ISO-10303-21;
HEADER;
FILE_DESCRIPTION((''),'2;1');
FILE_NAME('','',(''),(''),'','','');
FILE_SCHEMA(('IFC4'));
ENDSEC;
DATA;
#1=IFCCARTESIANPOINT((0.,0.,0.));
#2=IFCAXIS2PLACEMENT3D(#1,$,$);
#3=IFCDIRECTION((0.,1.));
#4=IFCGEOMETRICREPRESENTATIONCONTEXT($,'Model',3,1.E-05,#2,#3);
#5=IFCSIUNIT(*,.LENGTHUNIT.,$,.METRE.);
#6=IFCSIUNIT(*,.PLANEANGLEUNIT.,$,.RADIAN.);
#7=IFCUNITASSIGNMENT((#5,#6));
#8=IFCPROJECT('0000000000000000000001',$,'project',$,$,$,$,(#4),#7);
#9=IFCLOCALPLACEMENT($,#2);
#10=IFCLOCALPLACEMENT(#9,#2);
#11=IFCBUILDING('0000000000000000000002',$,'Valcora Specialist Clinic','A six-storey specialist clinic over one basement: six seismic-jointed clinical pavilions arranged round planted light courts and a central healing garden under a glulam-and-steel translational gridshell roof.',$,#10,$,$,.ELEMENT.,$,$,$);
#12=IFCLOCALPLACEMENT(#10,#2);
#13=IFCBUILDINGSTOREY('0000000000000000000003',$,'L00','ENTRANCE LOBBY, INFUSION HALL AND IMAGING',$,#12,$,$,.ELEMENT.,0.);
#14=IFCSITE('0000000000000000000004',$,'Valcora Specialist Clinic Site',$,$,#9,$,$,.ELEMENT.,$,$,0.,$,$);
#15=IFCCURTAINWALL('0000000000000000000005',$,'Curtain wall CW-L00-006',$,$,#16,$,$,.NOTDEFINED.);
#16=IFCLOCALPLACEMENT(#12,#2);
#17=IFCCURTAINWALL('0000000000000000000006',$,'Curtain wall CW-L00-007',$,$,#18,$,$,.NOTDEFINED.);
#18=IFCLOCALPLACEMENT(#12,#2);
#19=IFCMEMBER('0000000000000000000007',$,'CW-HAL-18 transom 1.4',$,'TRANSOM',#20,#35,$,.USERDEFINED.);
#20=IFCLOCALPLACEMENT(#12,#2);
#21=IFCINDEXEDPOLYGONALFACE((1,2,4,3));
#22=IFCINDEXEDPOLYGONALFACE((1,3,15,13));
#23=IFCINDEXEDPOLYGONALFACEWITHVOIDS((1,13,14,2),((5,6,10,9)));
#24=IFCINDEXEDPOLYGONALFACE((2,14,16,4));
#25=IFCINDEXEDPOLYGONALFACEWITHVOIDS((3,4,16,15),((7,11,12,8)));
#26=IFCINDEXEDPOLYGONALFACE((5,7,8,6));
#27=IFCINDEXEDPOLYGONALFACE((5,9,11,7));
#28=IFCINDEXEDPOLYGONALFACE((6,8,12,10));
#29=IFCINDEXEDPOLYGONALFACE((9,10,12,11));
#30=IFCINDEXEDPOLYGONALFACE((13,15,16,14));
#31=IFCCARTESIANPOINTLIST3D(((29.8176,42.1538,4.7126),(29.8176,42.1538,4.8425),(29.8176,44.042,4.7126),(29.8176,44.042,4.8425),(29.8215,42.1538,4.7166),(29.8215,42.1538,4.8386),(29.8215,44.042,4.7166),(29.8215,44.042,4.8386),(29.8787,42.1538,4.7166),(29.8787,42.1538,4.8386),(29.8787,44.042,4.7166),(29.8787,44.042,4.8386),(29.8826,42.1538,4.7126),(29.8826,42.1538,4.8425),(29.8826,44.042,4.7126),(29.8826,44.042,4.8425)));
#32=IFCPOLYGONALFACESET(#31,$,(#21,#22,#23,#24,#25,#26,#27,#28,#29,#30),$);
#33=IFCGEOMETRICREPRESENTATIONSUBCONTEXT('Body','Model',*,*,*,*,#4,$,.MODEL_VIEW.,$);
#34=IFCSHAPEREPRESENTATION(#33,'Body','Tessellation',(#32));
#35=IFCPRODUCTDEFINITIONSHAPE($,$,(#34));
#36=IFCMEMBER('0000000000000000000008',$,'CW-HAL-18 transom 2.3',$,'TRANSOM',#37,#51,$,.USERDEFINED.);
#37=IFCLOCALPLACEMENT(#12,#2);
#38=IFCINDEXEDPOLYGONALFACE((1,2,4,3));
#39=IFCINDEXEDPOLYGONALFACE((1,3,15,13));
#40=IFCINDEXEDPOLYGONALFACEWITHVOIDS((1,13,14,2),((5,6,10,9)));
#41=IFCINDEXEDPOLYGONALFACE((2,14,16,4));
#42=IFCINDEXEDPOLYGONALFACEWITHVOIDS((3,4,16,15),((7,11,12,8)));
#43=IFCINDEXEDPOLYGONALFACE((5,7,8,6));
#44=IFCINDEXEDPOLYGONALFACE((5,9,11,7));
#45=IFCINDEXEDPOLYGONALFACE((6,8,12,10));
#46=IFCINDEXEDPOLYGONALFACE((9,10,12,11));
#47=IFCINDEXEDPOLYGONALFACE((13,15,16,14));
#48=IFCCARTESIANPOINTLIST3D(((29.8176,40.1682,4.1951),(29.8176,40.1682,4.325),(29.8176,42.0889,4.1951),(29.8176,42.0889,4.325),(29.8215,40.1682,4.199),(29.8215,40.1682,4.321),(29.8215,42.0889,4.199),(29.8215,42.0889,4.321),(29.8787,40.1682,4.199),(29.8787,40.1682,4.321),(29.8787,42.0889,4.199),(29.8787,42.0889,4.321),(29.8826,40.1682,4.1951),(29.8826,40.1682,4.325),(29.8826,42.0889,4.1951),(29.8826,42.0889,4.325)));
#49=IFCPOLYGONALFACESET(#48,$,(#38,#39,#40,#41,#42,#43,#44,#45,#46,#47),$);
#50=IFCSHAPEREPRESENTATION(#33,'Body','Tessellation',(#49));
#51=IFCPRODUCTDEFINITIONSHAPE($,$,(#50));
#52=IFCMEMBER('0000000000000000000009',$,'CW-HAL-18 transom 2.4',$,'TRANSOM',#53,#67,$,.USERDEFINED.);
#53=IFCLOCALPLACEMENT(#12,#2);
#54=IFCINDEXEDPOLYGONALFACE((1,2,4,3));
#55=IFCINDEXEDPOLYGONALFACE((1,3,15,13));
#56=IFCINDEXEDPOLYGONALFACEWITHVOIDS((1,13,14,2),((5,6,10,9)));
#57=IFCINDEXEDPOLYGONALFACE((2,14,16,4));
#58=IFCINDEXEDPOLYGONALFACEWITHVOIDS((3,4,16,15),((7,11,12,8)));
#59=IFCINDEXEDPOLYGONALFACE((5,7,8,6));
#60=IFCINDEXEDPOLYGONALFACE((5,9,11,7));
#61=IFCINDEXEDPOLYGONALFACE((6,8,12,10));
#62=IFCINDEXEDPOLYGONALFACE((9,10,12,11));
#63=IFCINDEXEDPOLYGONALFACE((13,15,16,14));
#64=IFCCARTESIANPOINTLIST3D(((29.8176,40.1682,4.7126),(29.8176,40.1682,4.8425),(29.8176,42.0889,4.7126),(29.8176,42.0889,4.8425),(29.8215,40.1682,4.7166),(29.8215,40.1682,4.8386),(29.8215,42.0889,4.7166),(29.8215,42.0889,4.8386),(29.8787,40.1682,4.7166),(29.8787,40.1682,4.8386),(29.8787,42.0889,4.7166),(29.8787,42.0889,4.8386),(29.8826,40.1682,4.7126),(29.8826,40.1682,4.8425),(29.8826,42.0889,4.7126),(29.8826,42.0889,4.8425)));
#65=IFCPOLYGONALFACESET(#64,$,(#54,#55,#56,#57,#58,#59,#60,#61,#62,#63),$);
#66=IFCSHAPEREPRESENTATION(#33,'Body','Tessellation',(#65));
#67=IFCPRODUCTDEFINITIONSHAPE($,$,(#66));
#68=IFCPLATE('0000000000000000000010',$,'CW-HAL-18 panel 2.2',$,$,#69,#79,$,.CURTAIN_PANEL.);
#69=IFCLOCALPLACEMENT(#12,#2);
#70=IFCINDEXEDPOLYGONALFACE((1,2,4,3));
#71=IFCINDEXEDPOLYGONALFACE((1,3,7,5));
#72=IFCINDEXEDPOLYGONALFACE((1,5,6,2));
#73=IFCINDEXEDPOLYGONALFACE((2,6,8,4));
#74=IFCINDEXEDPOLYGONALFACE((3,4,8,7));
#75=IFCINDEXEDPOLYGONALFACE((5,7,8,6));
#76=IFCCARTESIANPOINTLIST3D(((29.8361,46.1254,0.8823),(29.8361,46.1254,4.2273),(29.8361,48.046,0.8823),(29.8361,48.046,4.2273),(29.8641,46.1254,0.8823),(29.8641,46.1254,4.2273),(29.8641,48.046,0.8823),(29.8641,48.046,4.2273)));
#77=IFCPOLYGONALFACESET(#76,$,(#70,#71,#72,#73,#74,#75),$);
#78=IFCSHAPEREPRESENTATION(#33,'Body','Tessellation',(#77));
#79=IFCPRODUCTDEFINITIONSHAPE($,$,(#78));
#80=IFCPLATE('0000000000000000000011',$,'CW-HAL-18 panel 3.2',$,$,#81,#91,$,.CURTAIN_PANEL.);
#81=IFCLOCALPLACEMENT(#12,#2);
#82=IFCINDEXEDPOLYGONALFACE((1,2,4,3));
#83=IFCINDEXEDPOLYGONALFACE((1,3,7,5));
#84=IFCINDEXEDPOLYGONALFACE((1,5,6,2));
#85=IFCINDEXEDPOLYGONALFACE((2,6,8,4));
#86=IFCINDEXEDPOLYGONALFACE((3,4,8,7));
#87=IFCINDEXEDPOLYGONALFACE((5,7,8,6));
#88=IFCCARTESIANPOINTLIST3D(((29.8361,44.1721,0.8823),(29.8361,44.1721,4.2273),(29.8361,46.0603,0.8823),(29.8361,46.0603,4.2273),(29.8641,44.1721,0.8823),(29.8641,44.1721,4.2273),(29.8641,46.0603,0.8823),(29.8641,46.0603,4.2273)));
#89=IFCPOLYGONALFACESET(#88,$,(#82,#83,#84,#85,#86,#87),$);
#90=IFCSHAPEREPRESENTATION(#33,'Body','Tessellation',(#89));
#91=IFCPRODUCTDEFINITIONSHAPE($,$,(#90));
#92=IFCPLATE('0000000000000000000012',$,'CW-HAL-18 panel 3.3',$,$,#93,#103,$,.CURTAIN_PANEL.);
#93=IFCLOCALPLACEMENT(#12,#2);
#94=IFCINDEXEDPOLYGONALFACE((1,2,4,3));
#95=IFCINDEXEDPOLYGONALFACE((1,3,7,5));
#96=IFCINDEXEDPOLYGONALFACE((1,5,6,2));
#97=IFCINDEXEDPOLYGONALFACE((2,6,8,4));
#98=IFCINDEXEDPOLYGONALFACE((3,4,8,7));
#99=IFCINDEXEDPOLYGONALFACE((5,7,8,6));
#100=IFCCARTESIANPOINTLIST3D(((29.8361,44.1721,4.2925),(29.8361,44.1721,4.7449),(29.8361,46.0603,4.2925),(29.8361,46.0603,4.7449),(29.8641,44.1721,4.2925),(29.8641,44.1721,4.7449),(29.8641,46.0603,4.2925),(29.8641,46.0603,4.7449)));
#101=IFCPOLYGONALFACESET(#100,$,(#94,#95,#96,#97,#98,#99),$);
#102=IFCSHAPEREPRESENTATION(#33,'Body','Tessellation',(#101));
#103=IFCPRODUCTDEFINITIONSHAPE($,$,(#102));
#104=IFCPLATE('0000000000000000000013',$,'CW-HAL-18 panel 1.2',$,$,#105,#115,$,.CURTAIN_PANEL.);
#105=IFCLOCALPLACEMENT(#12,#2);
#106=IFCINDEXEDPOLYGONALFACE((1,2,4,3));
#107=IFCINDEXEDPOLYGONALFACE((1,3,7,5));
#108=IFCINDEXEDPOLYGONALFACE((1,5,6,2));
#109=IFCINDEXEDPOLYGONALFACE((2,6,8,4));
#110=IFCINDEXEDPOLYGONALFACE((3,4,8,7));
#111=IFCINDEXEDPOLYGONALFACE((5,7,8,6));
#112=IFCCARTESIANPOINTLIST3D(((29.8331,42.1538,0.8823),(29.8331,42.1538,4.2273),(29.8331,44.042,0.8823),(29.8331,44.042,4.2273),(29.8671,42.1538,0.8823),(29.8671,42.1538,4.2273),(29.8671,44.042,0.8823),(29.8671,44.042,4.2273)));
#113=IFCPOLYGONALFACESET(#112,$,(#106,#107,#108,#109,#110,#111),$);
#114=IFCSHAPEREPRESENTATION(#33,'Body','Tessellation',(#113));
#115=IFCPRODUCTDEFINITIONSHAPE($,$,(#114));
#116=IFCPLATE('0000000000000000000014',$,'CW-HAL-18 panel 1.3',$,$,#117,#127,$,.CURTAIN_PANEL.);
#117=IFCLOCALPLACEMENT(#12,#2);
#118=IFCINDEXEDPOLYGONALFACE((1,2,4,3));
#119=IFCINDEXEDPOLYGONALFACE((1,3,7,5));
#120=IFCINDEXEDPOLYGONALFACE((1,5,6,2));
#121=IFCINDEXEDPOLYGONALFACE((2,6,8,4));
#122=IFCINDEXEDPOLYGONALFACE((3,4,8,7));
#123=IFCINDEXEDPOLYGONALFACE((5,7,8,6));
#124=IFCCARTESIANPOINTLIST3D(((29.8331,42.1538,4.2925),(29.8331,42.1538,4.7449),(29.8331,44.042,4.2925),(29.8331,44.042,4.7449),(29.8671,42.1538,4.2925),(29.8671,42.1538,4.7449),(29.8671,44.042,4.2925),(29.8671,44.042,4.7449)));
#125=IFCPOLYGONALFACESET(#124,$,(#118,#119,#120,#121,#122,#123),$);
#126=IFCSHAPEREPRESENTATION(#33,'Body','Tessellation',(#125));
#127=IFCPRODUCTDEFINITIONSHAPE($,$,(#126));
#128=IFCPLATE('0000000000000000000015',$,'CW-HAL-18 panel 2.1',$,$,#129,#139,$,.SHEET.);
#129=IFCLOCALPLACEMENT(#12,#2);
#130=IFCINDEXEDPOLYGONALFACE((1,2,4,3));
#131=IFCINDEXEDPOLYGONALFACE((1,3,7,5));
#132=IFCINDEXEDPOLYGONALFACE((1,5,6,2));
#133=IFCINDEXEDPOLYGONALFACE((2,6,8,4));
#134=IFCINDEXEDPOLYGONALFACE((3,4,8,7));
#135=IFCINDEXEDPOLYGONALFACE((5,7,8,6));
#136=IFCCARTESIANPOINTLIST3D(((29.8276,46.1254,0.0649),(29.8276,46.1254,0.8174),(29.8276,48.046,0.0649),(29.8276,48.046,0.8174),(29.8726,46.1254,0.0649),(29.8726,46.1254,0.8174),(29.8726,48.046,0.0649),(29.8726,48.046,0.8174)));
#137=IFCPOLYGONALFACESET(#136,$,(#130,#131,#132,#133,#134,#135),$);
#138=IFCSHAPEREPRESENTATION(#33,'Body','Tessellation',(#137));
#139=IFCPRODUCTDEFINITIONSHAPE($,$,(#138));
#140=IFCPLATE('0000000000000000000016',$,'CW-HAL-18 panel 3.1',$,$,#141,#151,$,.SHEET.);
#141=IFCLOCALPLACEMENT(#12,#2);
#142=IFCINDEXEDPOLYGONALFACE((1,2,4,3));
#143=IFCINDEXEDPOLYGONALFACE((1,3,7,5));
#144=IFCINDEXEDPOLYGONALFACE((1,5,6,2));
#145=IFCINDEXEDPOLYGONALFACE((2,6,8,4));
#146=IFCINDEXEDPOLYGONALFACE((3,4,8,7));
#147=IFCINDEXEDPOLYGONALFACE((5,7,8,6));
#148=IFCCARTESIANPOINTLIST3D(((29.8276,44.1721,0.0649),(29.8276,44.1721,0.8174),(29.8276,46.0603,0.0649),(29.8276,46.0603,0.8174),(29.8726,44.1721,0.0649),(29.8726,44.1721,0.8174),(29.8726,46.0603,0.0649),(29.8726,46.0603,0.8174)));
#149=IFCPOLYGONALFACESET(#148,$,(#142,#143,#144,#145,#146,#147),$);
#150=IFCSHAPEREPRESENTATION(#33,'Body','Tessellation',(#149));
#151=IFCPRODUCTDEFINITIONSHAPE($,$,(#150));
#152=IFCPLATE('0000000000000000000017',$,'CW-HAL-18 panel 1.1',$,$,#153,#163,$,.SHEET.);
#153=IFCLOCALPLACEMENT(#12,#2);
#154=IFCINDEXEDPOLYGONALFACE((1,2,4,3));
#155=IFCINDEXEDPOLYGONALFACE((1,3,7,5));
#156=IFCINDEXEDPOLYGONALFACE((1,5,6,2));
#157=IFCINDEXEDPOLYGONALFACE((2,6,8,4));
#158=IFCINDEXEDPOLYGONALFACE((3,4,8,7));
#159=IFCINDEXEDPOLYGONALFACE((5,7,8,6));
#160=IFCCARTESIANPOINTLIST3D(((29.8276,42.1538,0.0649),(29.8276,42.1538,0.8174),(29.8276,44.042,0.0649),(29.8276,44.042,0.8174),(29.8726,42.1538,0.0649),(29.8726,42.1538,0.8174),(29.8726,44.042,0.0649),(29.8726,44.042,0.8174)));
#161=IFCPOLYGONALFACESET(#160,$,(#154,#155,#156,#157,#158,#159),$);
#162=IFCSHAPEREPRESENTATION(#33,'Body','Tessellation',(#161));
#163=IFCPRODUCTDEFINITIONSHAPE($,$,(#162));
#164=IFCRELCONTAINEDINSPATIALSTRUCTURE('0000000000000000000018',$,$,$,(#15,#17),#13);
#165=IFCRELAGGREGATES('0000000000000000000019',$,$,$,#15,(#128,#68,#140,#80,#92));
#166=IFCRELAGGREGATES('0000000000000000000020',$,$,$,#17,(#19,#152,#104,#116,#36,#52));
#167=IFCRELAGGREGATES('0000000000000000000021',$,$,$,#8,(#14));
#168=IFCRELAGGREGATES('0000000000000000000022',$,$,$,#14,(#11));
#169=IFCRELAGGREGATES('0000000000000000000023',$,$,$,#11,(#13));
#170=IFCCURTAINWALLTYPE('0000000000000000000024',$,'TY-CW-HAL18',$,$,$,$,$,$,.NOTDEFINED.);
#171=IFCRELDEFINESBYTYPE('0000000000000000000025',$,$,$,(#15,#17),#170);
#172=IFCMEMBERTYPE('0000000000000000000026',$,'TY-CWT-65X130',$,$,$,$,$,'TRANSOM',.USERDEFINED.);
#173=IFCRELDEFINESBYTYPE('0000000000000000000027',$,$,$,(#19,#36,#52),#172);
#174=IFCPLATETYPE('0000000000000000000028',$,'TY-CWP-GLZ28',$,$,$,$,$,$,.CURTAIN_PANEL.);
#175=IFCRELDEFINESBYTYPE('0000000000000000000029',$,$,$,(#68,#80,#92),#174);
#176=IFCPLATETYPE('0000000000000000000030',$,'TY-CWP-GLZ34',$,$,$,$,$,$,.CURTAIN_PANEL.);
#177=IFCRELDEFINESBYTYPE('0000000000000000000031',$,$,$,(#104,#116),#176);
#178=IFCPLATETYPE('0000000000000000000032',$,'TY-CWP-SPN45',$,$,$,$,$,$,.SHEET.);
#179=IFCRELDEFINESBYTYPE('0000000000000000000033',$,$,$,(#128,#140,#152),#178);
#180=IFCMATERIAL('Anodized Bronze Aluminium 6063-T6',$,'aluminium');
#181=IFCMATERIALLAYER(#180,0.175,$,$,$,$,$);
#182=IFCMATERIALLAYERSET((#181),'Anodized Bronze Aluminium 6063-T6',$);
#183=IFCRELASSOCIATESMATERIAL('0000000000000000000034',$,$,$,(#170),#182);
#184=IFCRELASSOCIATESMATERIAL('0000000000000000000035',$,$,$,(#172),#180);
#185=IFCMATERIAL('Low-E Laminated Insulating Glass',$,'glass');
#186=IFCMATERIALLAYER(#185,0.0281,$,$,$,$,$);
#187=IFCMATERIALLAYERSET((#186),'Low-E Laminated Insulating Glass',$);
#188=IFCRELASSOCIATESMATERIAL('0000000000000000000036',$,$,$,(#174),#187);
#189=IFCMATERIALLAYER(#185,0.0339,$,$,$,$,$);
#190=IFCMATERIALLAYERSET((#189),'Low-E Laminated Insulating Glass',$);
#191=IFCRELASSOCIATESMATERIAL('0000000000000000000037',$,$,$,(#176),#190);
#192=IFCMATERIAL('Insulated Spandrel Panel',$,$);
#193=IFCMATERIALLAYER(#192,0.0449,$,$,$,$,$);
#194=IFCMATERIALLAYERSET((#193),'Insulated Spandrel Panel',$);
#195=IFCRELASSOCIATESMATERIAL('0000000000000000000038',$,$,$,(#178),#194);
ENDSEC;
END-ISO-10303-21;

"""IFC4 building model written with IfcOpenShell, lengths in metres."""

from ifc_helpers import new_model, si_unit, direction, frame, origin, origin_2d, place, context, subcontext, project, spatial, rectangle, hollow_rectangle, extrude, material, layer, layer_set, material_profile, profile_set, type_object, element, aggregate, save


model = new_model("IFC4")

# Units and contexts
model_context = context("Model", 3, precision=1e-05, world=origin(), true_north=direction((0.0, 1.0)))
body_context = subcontext(model_context, "Body", "Model", "MODEL_VIEW")
ifc_project = project(units=[si_unit("LENGTHUNIT", "METRE"), si_unit("PLANEANGLEUNIT", "RADIAN")], contexts=[model_context])

# Site, building, storey
site_placement = place(None, origin())
site = spatial("IfcSite", under=ifc_project, at=site_placement, Name="Valcora Specialist Clinic Site", CompositionType="ELEMENT", RefElevation=0.0)
building_placement = place(site_placement, origin())
building = spatial("IfcBuilding", under=site, at=building_placement, Name="Valcora Specialist Clinic", Description="A six-storey specialist clinic over one basement: six seismic-jointed clinical pavilions arranged round planted light courts and a central healing garden under a glulam-and-steel translational gridshell roof.", CompositionType="ELEMENT")
storey_placement = place(building_placement, origin())
storey = spatial("IfcBuildingStorey", under=building, at=storey_placement, Name="L00", Description="ENTRANCE LOBBY, INFUSION HALL AND IMAGING", CompositionType="ELEMENT", Elevation=0.0)

# Curtain walls
ifc_material_1 = material(Name="Anodized Bronze Aluminium 6063-T6", Category="aluminium")
ifc_layer_1 = layer(ifc_material_1, 0.175)
ifc_layer_set_1 = layer_set([ifc_layer_1], Name="Anodized Bronze Aluminium 6063-T6")
curtain_wall_type = type_object("IfcCurtainWallType", Name="TY-CW-HAL18", PredefinedType="NOTDEFINED", material=ifc_layer_set_1)
curtain_wall_1_placement = place(storey_placement, origin())
curtain_wall_1 = element("IfcCurtainWall", 1, at=curtain_wall_1_placement, inside=storey, type_object=curtain_wall_type, Name="Curtain wall CW-L00-006", PredefinedType="NOTDEFINED")
curtain_wall_2_placement = place(storey_placement, origin())
curtain_wall_2 = element("IfcCurtainWall", 2, at=curtain_wall_2_placement, inside=storey, type_object=curtain_wall_type, Name="Curtain wall CW-L00-007", PredefinedType="NOTDEFINED")

# Members
ifc_material_profile_1 = material_profile(ifc_material_1, hollow_rectangle(XDim=0.0649, YDim=0.1299, WallThickness=0.0039, at=origin_2d()), Name="AL-TRN-65X130")
ifc_profile_set_1 = profile_set([ifc_material_profile_1], Name="Anodized Bronze Aluminium 6063-T6")
member_type_1 = type_object("IfcMemberType", Name="TY-CWT-65X130", ElementType="TRANSOM", PredefinedType="USERDEFINED", material=ifc_profile_set_1)
member_1_placement = place(storey_placement, frame((29.8501, 44.042, 4.7776), z_axis=(0.0, -1.0, 0.0), x_axis=(1.0, 0.0, 0.0)))
member_1 = element("IfcMember", 3, at=member_1_placement, type_object=member_type_1, Name="CW-HAL-18 transom 1.4", ObjectType="TRANSOM", PredefinedType="USERDEFINED", context=body_context, shape_type="SweptSolid", body=[
    extrude(hollow_rectangle(XDim=0.0649, YDim=0.1299, WallThickness=0.0039, at=origin_2d()), origin(), (0.0, 0.0, 1.0), 1.8882),
])
member_2_placement = place(storey_placement, frame((29.8501, 42.0889, 4.26), z_axis=(0.0, -1.0, 0.0), x_axis=(1.0, 0.0, 0.0)))
member_2 = element("IfcMember", 4, at=member_2_placement, type_object=member_type_1, Name="CW-HAL-18 transom 2.3", ObjectType="TRANSOM", PredefinedType="USERDEFINED", context=body_context, shape_type="SweptSolid", body=[
    extrude(hollow_rectangle(XDim=0.0649, YDim=0.1299, WallThickness=0.0039, at=origin_2d()), origin(), (0.0, 0.0, 1.0), 1.9207),
])
member_3_placement = place(storey_placement, frame((29.8501, 42.0889, 4.7776), z_axis=(0.0, -1.0, 0.0), x_axis=(1.0, 0.0, 0.0)))
member_3 = element("IfcMember", 5, at=member_3_placement, type_object=member_type_1, Name="CW-HAL-18 transom 2.4", ObjectType="TRANSOM", PredefinedType="USERDEFINED", context=body_context, shape_type="SweptSolid", body=[
    extrude(hollow_rectangle(XDim=0.0649, YDim=0.1299, WallThickness=0.0039, at=origin_2d()), origin(), (0.0, 0.0, 1.0), 1.9207),
])

# Plates
ifc_material_2 = material(Name="Low-E Laminated Insulating Glass", Category="glass")
ifc_layer_2 = layer(ifc_material_2, 0.0281)
ifc_layer_set_2 = layer_set([ifc_layer_2], Name="Low-E Laminated Insulating Glass")
plate_type_1 = type_object("IfcPlateType", Name="TY-CWP-GLZ28", PredefinedType="CURTAIN_PANEL", material=ifc_layer_set_2)
plate_1_placement = place(storey_placement, frame((29.8501, 47.0857, 0.8823), z_axis=(0.0, 0.0, 1.0), x_axis=(0.0, -1.0, 0.0)))
plate_1 = element("IfcPlate", 6, at=plate_1_placement, type_object=plate_type_1, Name="CW-HAL-18 panel 2.2", PredefinedType="CURTAIN_PANEL", context=body_context, shape_type="SweptSolid", body=[
    extrude(rectangle(XDim=1.9207, YDim=0.0281, at=origin_2d()), origin(), (0.0, 0.0, 1.0), 3.345),
])
plate_2_placement = place(storey_placement, frame((29.8501, 45.1162, 0.8823), z_axis=(0.0, 0.0, 1.0), x_axis=(0.0, -1.0, 0.0)))
plate_2 = element("IfcPlate", 7, at=plate_2_placement, type_object=plate_type_1, Name="CW-HAL-18 panel 3.2", PredefinedType="CURTAIN_PANEL", context=body_context, shape_type="SweptSolid", body=[
    extrude(rectangle(XDim=1.8882, YDim=0.0281, at=origin_2d()), origin(), (0.0, 0.0, 1.0), 3.345),
])
plate_3_placement = place(storey_placement, frame((29.8501, 45.1162, 4.2925), z_axis=(0.0, 0.0, 1.0), x_axis=(0.0, -1.0, 0.0)))
plate_3 = element("IfcPlate", 8, at=plate_3_placement, type_object=plate_type_1, Name="CW-HAL-18 panel 3.3", PredefinedType="CURTAIN_PANEL", context=body_context, shape_type="SweptSolid", body=[
    extrude(rectangle(XDim=1.8882, YDim=0.0281, at=origin_2d()), origin(), (0.0, 0.0, 1.0), 0.4524),
])
ifc_layer_3 = layer(ifc_material_2, 0.0339)
ifc_layer_set_3 = layer_set([ifc_layer_3], Name="Low-E Laminated Insulating Glass")
plate_type_2 = type_object("IfcPlateType", Name="TY-CWP-GLZ34", PredefinedType="CURTAIN_PANEL", material=ifc_layer_set_3)
plate_4_placement = place(storey_placement, frame((29.8501, 43.0979, 0.8823), z_axis=(0.0, 0.0, 1.0), x_axis=(0.0, -1.0, 0.0)))
plate_4 = element("IfcPlate", 9, at=plate_4_placement, type_object=plate_type_2, Name="CW-HAL-18 panel 1.2", PredefinedType="CURTAIN_PANEL", context=body_context, shape_type="SweptSolid", body=[
    extrude(rectangle(XDim=1.8882, YDim=0.0339, at=origin_2d()), origin(), (0.0, 0.0, 1.0), 3.345),
])
plate_5_placement = place(storey_placement, frame((29.8501, 43.0979, 4.2925), z_axis=(0.0, 0.0, 1.0), x_axis=(0.0, -1.0, 0.0)))
plate_5 = element("IfcPlate", 10, at=plate_5_placement, type_object=plate_type_2, Name="CW-HAL-18 panel 1.3", PredefinedType="CURTAIN_PANEL", context=body_context, shape_type="SweptSolid", body=[
    extrude(rectangle(XDim=1.8882, YDim=0.0339, at=origin_2d()), origin(), (0.0, 0.0, 1.0), 0.4524),
])
ifc_material_3 = material(Name="Insulated Spandrel Panel")
ifc_layer_4 = layer(ifc_material_3, 0.0449)
ifc_layer_set_4 = layer_set([ifc_layer_4], Name="Insulated Spandrel Panel")
plate_type_3 = type_object("IfcPlateType", Name="TY-CWP-SPN45", PredefinedType="SHEET", material=ifc_layer_set_4)
plate_6_placement = place(storey_placement, frame((29.8501, 47.0857, 0.0649), z_axis=(0.0, 0.0, 1.0), x_axis=(0.0, -1.0, 0.0)))
plate_6 = element("IfcPlate", 11, at=plate_6_placement, type_object=plate_type_3, Name="CW-HAL-18 panel 2.1", PredefinedType="SHEET", context=body_context, shape_type="SweptSolid", body=[
    extrude(rectangle(XDim=1.9207, YDim=0.0449, at=origin_2d()), origin(), (0.0, 0.0, 1.0), 0.7524),
])
plate_7_placement = place(storey_placement, frame((29.8501, 45.1162, 0.0649), z_axis=(0.0, 0.0, 1.0), x_axis=(0.0, -1.0, 0.0)))
plate_7 = element("IfcPlate", 12, at=plate_7_placement, type_object=plate_type_3, Name="CW-HAL-18 panel 3.1", PredefinedType="SHEET", context=body_context, shape_type="SweptSolid", body=[
    extrude(rectangle(XDim=1.8882, YDim=0.0449, at=origin_2d()), origin(), (0.0, 0.0, 1.0), 0.7524),
])
aggregate(curtain_wall_1, [plate_6, plate_1, plate_7, plate_2, plate_3])
plate_8_placement = place(storey_placement, frame((29.8501, 43.0979, 0.0649), z_axis=(0.0, 0.0, 1.0), x_axis=(0.0, -1.0, 0.0)))
plate_8 = element("IfcPlate", 13, at=plate_8_placement, type_object=plate_type_3, Name="CW-HAL-18 panel 1.1", PredefinedType="SHEET", context=body_context, shape_type="SweptSolid", body=[
    extrude(rectangle(XDim=1.8882, YDim=0.0449, at=origin_2d()), origin(), (0.0, 0.0, 1.0), 0.7524),
])
aggregate(curtain_wall_2, [member_1, plate_8, plate_4, plate_5, member_2, member_3])

save(model, "model.ifc")
